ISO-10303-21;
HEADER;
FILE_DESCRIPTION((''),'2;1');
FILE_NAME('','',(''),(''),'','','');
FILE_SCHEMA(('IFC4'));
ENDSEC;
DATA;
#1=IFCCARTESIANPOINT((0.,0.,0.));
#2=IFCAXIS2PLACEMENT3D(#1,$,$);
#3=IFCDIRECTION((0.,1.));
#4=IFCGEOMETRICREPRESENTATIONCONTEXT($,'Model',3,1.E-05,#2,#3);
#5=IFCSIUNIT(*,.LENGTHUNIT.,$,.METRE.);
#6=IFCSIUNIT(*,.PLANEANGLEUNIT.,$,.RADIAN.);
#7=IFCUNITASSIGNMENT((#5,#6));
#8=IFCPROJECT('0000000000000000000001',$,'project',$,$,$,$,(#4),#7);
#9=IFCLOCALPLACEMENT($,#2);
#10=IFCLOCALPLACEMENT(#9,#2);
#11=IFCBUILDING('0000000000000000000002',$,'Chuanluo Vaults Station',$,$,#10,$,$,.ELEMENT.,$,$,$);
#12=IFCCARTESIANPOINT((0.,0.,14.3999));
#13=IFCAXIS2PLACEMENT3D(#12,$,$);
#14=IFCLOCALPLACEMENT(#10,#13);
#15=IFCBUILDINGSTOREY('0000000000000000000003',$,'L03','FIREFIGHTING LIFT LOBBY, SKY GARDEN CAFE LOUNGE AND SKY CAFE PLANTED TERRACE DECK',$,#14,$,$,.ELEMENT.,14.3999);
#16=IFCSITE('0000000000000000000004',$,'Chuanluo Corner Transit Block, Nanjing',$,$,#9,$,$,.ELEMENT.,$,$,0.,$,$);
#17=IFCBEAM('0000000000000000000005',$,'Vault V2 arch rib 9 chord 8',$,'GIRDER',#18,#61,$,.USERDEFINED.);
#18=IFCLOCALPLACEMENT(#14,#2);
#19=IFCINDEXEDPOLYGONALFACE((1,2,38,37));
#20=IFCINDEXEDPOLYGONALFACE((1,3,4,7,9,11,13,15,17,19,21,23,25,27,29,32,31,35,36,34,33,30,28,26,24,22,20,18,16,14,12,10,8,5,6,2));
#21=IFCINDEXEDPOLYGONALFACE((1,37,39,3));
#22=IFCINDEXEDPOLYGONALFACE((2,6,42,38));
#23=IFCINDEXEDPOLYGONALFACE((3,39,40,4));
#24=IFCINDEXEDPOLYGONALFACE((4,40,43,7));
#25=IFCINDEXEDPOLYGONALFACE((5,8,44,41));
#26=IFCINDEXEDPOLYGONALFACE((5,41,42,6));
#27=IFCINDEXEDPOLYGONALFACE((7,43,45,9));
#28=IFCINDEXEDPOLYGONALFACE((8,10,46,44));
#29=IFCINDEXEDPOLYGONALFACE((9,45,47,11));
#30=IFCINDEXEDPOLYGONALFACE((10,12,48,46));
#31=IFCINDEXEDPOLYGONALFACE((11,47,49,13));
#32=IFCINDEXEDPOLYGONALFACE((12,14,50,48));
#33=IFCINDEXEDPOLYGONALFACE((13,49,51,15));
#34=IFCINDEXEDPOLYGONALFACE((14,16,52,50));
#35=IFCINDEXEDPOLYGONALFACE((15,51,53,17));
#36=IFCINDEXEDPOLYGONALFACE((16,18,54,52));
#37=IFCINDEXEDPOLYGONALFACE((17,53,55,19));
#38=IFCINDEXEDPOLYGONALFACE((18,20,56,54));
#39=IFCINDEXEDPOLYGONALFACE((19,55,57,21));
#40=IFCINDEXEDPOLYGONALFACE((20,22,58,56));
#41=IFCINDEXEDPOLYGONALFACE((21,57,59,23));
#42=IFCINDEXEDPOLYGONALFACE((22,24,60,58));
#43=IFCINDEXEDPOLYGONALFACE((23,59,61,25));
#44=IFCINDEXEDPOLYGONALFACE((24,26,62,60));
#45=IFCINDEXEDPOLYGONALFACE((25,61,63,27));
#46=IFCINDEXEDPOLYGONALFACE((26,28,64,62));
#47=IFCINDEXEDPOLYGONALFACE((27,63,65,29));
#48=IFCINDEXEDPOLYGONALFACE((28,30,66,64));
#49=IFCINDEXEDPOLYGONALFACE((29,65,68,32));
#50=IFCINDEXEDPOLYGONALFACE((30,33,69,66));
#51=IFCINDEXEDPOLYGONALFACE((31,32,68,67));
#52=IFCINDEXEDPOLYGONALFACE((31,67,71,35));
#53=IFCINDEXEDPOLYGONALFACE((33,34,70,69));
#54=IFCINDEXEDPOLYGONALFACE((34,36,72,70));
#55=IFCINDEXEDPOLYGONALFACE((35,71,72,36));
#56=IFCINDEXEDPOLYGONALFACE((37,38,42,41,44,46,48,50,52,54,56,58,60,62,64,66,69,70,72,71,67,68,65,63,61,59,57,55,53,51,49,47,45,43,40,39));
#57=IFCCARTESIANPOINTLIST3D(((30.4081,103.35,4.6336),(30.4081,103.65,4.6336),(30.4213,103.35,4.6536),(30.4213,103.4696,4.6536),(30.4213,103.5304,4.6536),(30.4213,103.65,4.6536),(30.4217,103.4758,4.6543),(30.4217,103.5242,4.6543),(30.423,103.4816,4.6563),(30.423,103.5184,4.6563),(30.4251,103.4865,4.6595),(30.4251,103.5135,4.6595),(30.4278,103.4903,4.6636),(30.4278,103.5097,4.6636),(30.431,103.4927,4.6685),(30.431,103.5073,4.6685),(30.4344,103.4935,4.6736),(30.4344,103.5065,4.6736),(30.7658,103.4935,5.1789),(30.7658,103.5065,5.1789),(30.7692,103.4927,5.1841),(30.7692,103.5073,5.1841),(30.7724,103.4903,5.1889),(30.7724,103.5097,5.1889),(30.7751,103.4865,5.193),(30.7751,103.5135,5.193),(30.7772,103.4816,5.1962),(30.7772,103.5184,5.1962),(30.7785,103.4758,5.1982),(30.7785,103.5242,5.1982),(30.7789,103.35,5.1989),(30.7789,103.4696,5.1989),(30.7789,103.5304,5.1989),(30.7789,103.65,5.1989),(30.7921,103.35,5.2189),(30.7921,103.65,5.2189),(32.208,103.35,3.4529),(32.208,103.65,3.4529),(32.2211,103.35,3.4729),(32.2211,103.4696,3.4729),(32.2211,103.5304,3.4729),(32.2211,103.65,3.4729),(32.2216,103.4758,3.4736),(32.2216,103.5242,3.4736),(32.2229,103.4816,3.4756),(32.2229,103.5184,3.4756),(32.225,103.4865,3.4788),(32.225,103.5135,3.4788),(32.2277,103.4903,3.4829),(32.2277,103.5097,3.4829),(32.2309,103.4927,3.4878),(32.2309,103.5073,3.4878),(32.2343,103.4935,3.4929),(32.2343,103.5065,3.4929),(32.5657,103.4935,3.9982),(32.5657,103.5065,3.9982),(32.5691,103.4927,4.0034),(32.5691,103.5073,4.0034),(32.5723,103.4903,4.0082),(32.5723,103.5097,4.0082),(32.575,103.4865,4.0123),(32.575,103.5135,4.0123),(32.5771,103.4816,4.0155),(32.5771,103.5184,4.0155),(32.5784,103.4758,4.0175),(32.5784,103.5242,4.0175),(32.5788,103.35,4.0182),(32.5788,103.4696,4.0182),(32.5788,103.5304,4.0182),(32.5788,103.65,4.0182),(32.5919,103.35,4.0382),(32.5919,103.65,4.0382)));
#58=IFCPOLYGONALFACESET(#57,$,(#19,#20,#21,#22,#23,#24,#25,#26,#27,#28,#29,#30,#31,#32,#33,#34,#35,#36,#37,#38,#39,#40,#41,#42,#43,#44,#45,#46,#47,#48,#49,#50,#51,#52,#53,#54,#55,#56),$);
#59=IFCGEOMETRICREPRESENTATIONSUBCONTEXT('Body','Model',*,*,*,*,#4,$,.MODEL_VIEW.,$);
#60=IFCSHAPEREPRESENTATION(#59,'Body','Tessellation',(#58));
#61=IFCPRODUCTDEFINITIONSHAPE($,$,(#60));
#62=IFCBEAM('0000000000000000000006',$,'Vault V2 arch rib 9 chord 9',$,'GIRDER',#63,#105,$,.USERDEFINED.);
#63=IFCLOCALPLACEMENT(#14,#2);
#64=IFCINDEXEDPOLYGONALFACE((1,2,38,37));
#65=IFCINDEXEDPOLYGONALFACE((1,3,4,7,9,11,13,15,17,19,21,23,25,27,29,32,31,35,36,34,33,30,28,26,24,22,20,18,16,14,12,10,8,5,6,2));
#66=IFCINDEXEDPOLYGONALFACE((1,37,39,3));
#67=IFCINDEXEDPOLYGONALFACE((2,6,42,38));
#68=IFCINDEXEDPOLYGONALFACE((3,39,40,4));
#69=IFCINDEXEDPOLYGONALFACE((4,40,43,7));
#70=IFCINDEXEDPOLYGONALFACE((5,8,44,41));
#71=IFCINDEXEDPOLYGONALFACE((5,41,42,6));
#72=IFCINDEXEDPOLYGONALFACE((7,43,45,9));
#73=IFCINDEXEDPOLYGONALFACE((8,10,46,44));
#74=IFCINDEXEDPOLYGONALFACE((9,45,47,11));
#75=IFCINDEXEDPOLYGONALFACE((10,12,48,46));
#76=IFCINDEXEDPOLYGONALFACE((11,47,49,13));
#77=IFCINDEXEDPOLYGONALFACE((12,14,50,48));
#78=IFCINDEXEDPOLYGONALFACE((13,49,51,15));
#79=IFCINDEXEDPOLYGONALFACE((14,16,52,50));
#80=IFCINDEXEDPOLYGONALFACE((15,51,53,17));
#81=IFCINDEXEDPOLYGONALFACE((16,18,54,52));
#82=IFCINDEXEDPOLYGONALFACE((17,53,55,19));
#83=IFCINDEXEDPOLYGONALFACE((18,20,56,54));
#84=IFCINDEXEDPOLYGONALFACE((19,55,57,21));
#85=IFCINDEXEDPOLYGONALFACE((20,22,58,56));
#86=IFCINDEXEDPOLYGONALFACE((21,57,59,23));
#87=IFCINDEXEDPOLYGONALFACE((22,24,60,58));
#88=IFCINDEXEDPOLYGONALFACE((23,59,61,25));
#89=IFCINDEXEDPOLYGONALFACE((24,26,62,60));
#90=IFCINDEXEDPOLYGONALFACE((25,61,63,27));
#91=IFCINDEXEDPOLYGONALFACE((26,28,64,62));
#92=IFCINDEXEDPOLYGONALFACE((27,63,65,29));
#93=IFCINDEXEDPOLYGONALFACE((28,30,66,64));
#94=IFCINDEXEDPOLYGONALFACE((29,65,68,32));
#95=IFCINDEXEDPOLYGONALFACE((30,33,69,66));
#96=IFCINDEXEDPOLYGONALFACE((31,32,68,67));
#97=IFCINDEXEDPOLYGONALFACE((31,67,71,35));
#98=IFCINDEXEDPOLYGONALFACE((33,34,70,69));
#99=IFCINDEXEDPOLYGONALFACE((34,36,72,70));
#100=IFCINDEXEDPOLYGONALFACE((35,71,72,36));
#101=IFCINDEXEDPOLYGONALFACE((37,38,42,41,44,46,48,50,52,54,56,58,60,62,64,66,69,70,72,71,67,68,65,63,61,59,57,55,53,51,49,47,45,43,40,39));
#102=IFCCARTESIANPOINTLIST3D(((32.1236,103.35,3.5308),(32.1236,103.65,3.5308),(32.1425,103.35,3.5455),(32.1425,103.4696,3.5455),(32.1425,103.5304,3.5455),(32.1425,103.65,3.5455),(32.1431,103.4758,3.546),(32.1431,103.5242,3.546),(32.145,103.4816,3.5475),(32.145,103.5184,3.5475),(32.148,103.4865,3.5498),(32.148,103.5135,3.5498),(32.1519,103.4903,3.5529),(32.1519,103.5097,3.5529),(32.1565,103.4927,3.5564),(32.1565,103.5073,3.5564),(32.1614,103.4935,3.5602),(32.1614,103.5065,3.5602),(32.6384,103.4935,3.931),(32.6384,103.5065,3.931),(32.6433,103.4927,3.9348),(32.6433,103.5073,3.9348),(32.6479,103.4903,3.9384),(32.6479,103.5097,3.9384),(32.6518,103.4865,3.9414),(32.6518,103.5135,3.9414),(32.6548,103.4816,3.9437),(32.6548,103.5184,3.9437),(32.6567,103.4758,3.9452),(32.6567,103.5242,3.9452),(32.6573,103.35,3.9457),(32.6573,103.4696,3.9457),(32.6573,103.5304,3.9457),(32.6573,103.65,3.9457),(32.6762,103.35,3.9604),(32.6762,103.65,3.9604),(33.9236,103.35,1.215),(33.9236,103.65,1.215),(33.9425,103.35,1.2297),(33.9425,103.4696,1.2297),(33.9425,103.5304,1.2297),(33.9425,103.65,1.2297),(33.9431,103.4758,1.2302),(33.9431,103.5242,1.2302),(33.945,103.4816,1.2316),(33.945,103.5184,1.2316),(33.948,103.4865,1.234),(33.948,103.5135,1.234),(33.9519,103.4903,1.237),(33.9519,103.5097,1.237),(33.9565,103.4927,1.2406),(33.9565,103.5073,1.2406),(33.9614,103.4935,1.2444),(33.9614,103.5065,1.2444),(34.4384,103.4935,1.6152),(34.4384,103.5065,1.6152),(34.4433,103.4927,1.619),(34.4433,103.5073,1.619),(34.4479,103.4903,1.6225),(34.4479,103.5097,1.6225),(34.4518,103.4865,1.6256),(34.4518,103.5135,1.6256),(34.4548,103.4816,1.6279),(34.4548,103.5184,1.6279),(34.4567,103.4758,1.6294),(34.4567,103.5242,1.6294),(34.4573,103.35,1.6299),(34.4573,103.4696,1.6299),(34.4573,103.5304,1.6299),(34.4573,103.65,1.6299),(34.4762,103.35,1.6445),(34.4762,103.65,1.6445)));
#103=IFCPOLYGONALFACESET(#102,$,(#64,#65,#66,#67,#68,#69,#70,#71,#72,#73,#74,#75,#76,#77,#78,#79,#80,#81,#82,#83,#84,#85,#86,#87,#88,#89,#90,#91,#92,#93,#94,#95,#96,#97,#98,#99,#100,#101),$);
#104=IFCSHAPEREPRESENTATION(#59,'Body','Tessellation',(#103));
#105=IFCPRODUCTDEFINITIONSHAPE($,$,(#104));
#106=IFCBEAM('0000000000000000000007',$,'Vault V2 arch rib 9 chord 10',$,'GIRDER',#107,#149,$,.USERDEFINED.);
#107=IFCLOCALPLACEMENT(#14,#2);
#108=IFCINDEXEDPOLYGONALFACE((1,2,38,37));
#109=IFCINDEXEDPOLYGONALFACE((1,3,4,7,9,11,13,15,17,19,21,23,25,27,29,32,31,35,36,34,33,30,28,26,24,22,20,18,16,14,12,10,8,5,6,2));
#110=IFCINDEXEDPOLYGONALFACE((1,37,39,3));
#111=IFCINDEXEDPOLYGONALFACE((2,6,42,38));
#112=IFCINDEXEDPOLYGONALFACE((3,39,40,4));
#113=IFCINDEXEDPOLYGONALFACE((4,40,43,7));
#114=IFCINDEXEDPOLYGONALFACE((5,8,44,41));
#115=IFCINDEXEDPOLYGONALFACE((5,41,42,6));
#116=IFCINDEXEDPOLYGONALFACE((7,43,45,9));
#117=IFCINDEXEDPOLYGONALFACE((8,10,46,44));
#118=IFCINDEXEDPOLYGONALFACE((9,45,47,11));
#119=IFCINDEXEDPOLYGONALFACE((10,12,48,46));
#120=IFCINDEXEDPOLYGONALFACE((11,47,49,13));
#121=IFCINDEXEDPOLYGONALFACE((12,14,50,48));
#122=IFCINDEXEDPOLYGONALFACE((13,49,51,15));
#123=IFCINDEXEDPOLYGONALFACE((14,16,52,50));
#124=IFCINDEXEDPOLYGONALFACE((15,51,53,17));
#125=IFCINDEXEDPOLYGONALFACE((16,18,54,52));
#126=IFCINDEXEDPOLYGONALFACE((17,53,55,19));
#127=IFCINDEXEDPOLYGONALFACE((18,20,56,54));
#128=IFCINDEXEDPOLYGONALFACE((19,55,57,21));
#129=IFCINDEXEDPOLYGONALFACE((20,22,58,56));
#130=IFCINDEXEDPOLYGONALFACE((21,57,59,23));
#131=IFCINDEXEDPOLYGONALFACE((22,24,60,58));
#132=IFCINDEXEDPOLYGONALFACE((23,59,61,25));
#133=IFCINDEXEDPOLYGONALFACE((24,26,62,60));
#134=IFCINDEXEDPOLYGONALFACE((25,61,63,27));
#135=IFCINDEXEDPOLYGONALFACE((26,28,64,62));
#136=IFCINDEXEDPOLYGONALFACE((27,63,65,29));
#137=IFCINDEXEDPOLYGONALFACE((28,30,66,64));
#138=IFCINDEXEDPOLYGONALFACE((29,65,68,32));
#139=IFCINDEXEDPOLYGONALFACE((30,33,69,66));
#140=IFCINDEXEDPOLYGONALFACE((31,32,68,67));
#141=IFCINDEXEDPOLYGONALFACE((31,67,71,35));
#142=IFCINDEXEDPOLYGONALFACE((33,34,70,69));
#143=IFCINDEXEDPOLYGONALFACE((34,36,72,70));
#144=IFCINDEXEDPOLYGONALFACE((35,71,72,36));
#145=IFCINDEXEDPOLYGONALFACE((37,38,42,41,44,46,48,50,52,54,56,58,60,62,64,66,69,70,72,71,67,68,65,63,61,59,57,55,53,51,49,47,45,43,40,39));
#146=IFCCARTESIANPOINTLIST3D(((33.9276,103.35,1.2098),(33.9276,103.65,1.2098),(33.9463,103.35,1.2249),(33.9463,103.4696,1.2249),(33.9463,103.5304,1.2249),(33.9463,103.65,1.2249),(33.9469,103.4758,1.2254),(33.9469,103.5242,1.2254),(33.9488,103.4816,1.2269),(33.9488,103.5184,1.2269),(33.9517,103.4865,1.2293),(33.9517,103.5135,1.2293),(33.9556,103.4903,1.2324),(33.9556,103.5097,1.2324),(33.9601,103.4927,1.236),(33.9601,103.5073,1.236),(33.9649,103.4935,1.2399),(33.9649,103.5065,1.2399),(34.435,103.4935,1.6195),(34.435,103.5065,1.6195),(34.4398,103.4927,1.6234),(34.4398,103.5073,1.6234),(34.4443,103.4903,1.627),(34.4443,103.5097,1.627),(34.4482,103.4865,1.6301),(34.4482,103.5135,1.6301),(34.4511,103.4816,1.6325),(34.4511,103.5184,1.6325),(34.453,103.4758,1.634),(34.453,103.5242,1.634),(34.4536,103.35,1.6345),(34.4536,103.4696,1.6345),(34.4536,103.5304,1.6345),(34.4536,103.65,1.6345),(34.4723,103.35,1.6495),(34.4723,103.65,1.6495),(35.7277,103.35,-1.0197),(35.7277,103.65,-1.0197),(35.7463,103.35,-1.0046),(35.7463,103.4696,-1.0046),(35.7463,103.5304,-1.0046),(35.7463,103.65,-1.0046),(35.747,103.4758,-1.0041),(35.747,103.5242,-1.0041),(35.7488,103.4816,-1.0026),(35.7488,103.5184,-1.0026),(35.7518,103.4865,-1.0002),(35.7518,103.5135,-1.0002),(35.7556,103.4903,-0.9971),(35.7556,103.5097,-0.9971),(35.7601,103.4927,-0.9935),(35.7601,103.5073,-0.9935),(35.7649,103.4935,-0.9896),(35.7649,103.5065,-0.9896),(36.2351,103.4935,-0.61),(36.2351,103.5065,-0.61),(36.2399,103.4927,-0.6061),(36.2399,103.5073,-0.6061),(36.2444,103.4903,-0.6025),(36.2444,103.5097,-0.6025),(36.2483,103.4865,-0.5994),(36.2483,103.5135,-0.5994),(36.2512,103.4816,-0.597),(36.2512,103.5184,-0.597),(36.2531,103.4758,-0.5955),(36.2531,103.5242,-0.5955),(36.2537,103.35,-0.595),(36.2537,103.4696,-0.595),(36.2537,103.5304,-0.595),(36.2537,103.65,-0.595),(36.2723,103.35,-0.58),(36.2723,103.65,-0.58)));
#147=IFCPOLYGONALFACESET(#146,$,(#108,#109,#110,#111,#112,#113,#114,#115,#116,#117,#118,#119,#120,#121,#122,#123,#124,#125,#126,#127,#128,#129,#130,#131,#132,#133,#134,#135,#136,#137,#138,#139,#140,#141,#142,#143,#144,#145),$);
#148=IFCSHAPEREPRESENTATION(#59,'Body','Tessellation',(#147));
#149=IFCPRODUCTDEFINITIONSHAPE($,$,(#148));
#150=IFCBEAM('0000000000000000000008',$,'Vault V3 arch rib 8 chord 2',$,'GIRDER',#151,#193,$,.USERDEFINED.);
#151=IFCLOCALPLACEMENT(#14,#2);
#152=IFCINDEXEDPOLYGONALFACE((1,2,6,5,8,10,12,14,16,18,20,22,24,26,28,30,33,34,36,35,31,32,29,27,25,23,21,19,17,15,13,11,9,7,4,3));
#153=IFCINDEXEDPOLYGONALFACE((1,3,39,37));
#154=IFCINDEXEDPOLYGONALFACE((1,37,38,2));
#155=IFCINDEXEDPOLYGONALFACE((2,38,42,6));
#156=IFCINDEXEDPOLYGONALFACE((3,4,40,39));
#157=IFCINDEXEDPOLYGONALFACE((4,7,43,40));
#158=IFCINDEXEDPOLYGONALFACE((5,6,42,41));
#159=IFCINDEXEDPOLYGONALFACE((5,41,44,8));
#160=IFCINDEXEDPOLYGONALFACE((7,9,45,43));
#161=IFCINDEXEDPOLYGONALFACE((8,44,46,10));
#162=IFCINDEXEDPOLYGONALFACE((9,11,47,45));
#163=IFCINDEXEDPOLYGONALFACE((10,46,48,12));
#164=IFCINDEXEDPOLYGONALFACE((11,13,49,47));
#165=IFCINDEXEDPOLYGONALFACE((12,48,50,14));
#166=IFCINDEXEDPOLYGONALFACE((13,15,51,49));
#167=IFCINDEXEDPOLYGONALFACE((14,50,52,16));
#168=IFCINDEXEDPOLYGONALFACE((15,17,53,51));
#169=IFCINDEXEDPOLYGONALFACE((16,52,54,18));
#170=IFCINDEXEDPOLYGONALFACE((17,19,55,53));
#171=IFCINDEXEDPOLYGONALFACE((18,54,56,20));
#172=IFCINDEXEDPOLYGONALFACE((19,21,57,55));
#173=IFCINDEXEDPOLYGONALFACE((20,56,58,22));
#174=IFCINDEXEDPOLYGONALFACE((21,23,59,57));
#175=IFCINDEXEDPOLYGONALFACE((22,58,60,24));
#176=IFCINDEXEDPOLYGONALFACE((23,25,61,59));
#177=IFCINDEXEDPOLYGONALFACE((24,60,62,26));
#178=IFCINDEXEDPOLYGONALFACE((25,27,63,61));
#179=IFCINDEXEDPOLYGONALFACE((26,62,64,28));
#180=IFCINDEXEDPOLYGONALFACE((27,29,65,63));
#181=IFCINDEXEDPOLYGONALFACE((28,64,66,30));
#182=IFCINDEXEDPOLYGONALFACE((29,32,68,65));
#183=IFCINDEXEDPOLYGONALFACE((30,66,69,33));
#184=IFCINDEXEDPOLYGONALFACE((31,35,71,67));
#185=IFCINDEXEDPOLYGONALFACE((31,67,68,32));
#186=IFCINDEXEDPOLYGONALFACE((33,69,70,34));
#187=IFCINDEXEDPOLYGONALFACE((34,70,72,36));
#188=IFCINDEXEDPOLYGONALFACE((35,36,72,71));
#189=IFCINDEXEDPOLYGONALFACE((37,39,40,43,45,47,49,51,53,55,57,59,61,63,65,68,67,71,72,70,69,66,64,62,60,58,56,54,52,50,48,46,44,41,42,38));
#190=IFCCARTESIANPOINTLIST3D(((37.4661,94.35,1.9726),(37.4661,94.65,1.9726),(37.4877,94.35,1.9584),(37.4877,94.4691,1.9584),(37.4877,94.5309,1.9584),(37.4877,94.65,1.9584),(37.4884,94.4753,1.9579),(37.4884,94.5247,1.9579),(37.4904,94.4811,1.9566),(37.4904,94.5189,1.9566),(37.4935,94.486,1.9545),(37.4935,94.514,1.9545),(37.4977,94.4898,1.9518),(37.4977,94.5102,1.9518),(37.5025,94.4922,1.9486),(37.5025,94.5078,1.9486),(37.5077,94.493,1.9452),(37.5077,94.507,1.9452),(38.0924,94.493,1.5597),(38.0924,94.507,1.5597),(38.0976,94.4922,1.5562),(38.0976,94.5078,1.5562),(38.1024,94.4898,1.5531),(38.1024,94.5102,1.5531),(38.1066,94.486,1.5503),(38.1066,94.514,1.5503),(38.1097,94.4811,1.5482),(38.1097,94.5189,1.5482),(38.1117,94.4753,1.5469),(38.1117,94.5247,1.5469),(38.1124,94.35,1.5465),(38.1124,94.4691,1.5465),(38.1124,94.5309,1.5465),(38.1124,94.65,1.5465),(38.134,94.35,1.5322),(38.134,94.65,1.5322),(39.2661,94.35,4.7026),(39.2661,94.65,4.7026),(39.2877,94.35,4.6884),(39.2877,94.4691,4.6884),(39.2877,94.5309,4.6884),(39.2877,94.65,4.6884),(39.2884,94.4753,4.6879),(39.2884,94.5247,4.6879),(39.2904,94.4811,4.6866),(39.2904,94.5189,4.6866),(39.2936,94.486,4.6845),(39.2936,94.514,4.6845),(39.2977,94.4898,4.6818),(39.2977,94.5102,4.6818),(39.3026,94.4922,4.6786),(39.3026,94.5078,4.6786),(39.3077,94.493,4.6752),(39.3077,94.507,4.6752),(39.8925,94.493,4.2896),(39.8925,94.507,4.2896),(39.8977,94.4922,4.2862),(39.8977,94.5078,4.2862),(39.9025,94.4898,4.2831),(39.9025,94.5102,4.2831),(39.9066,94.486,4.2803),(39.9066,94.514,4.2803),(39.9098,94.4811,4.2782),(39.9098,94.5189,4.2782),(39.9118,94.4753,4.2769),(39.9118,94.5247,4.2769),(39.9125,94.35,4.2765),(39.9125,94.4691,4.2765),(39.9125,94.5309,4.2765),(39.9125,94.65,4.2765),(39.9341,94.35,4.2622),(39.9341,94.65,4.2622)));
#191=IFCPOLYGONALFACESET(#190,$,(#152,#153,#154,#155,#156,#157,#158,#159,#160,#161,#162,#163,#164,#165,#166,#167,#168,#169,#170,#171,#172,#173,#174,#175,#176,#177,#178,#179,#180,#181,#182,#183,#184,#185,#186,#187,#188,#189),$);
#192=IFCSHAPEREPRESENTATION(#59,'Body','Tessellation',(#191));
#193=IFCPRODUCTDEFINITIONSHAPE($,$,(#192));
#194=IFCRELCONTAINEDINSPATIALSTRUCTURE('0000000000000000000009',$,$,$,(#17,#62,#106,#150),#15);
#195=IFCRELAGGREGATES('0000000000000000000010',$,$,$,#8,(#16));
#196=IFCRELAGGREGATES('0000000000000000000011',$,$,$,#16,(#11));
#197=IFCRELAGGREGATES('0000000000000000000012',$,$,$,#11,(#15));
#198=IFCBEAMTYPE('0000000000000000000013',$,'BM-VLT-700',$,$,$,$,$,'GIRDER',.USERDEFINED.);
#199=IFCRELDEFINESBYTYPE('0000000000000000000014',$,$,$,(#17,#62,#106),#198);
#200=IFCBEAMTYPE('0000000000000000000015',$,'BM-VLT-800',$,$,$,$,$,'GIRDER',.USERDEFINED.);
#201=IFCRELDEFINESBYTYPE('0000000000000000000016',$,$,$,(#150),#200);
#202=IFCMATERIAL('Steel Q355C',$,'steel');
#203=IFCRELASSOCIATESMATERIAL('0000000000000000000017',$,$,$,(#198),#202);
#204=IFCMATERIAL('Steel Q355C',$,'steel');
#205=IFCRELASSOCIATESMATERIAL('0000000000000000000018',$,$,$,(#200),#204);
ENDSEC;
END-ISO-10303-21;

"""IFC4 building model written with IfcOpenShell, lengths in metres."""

from ifc_helpers import new_model, si_unit, direction, frame, origin, origin_2d, place, context, subcontext, project, spatial, i_section, extrude, material, material_profile, profile_set, type_object, element, save


model = new_model("IFC4")

# Units and contexts
model_context = context("Model", 3, precision=1e-05, world=origin(), true_north=direction((0.0, 1.0)))
body_context = subcontext(model_context, "Body", "Model", "MODEL_VIEW")
ifc_project = project(units=[si_unit("LENGTHUNIT", "METRE"), si_unit("PLANEANGLEUNIT", "RADIAN")], contexts=[model_context])

# Site, building, storey
site_placement = place(None, origin())
site = spatial("IfcSite", under=ifc_project, at=site_placement, Name="Chuanluo Corner Transit Block, Nanjing", CompositionType="ELEMENT", RefElevation=0.0)
building_placement = place(site_placement, origin())
building = spatial("IfcBuilding", under=site, at=building_placement, Name="Chuanluo Vaults Station", CompositionType="ELEMENT")
storey_placement = place(building_placement, frame((0.0, 0.0, 14.3999)))
storey = spatial("IfcBuildingStorey", under=building, at=storey_placement, Name="L03", Description="FIREFIGHTING LIFT LOBBY, SKY GARDEN CAFE LOUNGE AND SKY CAFE PLANTED TERRACE DECK", CompositionType="ELEMENT", Elevation=14.3999)

# Beams
ifc_material_1 = material(Name="Steel Q355C", Category="steel")
ifc_material_profile_1 = material_profile(ifc_material_1, i_section(OverallWidth=0.3, OverallDepth=0.7, WebThickness=0.0129, FlangeThickness=0.0239, FilletRadius=0.0239, at=origin_2d()))
ifc_profile_set_1 = profile_set([ifc_material_profile_1], Name="Steel Q355C")
beam_type_1 = type_object("IfcBeamType", Name="BM-VLT-700", ElementType="GIRDER", PredefinedType="USERDEFINED", material=ifc_profile_set_1)
beam_1_placement = place(storey_placement, frame((30.6001, 103.5, 4.9263), z_axis=(0.836145, 0.0, -0.548508), x_axis=(0.0, 1.0, 0.0)))
element("IfcBeam", 1, at=beam_1_placement, inside=storey, type_object=beam_type_1, Name="Vault V2 arch rib 9 chord 8", ObjectType="GIRDER", PredefinedType="USERDEFINED", context=body_context, shape_type="SweptSolid", body=[
    extrude(i_section(OverallWidth=0.3, OverallDepth=0.7, WebThickness=0.0129, FlangeThickness=0.0239, FilletRadius=0.0239, at=origin_2d()), origin(), (0.0, 0.0, 1.0), 2.1526),
])
beam_2_placement = place(storey_placement, frame((32.3999, 103.5, 3.7456), z_axis=(0.613681, 0.0, -0.789554), x_axis=(0.0, 1.0, 0.0)))
element("IfcBeam", 2, at=beam_2_placement, inside=storey, type_object=beam_type_1, Name="Vault V2 arch rib 9 chord 9", ObjectType="GIRDER", PredefinedType="USERDEFINED", context=body_context, shape_type="SweptSolid", body=[
    extrude(i_section(OverallWidth=0.3, OverallDepth=0.7, WebThickness=0.0129, FlangeThickness=0.0239, FilletRadius=0.0239, at=origin_2d()), origin(), (0.0, 0.0, 1.0), 2.9331),
])
beam_3_placement = place(storey_placement, frame((34.2, 103.5, 1.4297), z_axis=(0.62819, 0.0, -0.77806), x_axis=(0.0, 1.0, 0.0)))
element("IfcBeam", 3, at=beam_3_placement, inside=storey, type_object=beam_type_1, Name="Vault V2 arch rib 9 chord 10", ObjectType="GIRDER", PredefinedType="USERDEFINED", context=body_context, shape_type="SweptSolid", body=[
    extrude(i_section(OverallWidth=0.3, OverallDepth=0.7, WebThickness=0.0129, FlangeThickness=0.0239, FilletRadius=0.0239, at=origin_2d()), origin(), (0.0, 0.0, 1.0), 2.8655),
])
ifc_material_2 = material(Name="Steel Q355C", Category="steel")
ifc_material_profile_2 = material_profile(ifc_material_2, i_section(OverallWidth=0.3, OverallDepth=0.8, WebThickness=0.0139, FlangeThickness=0.0259, FilletRadius=0.0239, at=origin_2d()))
ifc_profile_set_2 = profile_set([ifc_material_profile_2], Name="Steel Q355C")
beam_type_2 = type_object("IfcBeamType", Name="BM-VLT-800", ElementType="GIRDER", PredefinedType="USERDEFINED", material=ifc_profile_set_2)
beam_4_placement = place(storey_placement, frame((37.8, 94.5, 1.7524), z_axis=(0.550472, 0.0, 0.834854), x_axis=(0.0, 1.0, 0.0)))
element("IfcBeam", 4, at=beam_4_placement, inside=storey, type_object=beam_type_2, Name="Vault V3 arch rib 8 chord 2", ObjectType="GIRDER", PredefinedType="USERDEFINED", context=body_context, shape_type="SweptSolid", body=[
    extrude(i_section(OverallWidth=0.3, OverallDepth=0.8, WebThickness=0.0139, FlangeThickness=0.0259, FilletRadius=0.0239, at=origin_2d()), origin(), (0.0, 0.0, 1.0), 3.27),
])

save(model, "model.ifc")
